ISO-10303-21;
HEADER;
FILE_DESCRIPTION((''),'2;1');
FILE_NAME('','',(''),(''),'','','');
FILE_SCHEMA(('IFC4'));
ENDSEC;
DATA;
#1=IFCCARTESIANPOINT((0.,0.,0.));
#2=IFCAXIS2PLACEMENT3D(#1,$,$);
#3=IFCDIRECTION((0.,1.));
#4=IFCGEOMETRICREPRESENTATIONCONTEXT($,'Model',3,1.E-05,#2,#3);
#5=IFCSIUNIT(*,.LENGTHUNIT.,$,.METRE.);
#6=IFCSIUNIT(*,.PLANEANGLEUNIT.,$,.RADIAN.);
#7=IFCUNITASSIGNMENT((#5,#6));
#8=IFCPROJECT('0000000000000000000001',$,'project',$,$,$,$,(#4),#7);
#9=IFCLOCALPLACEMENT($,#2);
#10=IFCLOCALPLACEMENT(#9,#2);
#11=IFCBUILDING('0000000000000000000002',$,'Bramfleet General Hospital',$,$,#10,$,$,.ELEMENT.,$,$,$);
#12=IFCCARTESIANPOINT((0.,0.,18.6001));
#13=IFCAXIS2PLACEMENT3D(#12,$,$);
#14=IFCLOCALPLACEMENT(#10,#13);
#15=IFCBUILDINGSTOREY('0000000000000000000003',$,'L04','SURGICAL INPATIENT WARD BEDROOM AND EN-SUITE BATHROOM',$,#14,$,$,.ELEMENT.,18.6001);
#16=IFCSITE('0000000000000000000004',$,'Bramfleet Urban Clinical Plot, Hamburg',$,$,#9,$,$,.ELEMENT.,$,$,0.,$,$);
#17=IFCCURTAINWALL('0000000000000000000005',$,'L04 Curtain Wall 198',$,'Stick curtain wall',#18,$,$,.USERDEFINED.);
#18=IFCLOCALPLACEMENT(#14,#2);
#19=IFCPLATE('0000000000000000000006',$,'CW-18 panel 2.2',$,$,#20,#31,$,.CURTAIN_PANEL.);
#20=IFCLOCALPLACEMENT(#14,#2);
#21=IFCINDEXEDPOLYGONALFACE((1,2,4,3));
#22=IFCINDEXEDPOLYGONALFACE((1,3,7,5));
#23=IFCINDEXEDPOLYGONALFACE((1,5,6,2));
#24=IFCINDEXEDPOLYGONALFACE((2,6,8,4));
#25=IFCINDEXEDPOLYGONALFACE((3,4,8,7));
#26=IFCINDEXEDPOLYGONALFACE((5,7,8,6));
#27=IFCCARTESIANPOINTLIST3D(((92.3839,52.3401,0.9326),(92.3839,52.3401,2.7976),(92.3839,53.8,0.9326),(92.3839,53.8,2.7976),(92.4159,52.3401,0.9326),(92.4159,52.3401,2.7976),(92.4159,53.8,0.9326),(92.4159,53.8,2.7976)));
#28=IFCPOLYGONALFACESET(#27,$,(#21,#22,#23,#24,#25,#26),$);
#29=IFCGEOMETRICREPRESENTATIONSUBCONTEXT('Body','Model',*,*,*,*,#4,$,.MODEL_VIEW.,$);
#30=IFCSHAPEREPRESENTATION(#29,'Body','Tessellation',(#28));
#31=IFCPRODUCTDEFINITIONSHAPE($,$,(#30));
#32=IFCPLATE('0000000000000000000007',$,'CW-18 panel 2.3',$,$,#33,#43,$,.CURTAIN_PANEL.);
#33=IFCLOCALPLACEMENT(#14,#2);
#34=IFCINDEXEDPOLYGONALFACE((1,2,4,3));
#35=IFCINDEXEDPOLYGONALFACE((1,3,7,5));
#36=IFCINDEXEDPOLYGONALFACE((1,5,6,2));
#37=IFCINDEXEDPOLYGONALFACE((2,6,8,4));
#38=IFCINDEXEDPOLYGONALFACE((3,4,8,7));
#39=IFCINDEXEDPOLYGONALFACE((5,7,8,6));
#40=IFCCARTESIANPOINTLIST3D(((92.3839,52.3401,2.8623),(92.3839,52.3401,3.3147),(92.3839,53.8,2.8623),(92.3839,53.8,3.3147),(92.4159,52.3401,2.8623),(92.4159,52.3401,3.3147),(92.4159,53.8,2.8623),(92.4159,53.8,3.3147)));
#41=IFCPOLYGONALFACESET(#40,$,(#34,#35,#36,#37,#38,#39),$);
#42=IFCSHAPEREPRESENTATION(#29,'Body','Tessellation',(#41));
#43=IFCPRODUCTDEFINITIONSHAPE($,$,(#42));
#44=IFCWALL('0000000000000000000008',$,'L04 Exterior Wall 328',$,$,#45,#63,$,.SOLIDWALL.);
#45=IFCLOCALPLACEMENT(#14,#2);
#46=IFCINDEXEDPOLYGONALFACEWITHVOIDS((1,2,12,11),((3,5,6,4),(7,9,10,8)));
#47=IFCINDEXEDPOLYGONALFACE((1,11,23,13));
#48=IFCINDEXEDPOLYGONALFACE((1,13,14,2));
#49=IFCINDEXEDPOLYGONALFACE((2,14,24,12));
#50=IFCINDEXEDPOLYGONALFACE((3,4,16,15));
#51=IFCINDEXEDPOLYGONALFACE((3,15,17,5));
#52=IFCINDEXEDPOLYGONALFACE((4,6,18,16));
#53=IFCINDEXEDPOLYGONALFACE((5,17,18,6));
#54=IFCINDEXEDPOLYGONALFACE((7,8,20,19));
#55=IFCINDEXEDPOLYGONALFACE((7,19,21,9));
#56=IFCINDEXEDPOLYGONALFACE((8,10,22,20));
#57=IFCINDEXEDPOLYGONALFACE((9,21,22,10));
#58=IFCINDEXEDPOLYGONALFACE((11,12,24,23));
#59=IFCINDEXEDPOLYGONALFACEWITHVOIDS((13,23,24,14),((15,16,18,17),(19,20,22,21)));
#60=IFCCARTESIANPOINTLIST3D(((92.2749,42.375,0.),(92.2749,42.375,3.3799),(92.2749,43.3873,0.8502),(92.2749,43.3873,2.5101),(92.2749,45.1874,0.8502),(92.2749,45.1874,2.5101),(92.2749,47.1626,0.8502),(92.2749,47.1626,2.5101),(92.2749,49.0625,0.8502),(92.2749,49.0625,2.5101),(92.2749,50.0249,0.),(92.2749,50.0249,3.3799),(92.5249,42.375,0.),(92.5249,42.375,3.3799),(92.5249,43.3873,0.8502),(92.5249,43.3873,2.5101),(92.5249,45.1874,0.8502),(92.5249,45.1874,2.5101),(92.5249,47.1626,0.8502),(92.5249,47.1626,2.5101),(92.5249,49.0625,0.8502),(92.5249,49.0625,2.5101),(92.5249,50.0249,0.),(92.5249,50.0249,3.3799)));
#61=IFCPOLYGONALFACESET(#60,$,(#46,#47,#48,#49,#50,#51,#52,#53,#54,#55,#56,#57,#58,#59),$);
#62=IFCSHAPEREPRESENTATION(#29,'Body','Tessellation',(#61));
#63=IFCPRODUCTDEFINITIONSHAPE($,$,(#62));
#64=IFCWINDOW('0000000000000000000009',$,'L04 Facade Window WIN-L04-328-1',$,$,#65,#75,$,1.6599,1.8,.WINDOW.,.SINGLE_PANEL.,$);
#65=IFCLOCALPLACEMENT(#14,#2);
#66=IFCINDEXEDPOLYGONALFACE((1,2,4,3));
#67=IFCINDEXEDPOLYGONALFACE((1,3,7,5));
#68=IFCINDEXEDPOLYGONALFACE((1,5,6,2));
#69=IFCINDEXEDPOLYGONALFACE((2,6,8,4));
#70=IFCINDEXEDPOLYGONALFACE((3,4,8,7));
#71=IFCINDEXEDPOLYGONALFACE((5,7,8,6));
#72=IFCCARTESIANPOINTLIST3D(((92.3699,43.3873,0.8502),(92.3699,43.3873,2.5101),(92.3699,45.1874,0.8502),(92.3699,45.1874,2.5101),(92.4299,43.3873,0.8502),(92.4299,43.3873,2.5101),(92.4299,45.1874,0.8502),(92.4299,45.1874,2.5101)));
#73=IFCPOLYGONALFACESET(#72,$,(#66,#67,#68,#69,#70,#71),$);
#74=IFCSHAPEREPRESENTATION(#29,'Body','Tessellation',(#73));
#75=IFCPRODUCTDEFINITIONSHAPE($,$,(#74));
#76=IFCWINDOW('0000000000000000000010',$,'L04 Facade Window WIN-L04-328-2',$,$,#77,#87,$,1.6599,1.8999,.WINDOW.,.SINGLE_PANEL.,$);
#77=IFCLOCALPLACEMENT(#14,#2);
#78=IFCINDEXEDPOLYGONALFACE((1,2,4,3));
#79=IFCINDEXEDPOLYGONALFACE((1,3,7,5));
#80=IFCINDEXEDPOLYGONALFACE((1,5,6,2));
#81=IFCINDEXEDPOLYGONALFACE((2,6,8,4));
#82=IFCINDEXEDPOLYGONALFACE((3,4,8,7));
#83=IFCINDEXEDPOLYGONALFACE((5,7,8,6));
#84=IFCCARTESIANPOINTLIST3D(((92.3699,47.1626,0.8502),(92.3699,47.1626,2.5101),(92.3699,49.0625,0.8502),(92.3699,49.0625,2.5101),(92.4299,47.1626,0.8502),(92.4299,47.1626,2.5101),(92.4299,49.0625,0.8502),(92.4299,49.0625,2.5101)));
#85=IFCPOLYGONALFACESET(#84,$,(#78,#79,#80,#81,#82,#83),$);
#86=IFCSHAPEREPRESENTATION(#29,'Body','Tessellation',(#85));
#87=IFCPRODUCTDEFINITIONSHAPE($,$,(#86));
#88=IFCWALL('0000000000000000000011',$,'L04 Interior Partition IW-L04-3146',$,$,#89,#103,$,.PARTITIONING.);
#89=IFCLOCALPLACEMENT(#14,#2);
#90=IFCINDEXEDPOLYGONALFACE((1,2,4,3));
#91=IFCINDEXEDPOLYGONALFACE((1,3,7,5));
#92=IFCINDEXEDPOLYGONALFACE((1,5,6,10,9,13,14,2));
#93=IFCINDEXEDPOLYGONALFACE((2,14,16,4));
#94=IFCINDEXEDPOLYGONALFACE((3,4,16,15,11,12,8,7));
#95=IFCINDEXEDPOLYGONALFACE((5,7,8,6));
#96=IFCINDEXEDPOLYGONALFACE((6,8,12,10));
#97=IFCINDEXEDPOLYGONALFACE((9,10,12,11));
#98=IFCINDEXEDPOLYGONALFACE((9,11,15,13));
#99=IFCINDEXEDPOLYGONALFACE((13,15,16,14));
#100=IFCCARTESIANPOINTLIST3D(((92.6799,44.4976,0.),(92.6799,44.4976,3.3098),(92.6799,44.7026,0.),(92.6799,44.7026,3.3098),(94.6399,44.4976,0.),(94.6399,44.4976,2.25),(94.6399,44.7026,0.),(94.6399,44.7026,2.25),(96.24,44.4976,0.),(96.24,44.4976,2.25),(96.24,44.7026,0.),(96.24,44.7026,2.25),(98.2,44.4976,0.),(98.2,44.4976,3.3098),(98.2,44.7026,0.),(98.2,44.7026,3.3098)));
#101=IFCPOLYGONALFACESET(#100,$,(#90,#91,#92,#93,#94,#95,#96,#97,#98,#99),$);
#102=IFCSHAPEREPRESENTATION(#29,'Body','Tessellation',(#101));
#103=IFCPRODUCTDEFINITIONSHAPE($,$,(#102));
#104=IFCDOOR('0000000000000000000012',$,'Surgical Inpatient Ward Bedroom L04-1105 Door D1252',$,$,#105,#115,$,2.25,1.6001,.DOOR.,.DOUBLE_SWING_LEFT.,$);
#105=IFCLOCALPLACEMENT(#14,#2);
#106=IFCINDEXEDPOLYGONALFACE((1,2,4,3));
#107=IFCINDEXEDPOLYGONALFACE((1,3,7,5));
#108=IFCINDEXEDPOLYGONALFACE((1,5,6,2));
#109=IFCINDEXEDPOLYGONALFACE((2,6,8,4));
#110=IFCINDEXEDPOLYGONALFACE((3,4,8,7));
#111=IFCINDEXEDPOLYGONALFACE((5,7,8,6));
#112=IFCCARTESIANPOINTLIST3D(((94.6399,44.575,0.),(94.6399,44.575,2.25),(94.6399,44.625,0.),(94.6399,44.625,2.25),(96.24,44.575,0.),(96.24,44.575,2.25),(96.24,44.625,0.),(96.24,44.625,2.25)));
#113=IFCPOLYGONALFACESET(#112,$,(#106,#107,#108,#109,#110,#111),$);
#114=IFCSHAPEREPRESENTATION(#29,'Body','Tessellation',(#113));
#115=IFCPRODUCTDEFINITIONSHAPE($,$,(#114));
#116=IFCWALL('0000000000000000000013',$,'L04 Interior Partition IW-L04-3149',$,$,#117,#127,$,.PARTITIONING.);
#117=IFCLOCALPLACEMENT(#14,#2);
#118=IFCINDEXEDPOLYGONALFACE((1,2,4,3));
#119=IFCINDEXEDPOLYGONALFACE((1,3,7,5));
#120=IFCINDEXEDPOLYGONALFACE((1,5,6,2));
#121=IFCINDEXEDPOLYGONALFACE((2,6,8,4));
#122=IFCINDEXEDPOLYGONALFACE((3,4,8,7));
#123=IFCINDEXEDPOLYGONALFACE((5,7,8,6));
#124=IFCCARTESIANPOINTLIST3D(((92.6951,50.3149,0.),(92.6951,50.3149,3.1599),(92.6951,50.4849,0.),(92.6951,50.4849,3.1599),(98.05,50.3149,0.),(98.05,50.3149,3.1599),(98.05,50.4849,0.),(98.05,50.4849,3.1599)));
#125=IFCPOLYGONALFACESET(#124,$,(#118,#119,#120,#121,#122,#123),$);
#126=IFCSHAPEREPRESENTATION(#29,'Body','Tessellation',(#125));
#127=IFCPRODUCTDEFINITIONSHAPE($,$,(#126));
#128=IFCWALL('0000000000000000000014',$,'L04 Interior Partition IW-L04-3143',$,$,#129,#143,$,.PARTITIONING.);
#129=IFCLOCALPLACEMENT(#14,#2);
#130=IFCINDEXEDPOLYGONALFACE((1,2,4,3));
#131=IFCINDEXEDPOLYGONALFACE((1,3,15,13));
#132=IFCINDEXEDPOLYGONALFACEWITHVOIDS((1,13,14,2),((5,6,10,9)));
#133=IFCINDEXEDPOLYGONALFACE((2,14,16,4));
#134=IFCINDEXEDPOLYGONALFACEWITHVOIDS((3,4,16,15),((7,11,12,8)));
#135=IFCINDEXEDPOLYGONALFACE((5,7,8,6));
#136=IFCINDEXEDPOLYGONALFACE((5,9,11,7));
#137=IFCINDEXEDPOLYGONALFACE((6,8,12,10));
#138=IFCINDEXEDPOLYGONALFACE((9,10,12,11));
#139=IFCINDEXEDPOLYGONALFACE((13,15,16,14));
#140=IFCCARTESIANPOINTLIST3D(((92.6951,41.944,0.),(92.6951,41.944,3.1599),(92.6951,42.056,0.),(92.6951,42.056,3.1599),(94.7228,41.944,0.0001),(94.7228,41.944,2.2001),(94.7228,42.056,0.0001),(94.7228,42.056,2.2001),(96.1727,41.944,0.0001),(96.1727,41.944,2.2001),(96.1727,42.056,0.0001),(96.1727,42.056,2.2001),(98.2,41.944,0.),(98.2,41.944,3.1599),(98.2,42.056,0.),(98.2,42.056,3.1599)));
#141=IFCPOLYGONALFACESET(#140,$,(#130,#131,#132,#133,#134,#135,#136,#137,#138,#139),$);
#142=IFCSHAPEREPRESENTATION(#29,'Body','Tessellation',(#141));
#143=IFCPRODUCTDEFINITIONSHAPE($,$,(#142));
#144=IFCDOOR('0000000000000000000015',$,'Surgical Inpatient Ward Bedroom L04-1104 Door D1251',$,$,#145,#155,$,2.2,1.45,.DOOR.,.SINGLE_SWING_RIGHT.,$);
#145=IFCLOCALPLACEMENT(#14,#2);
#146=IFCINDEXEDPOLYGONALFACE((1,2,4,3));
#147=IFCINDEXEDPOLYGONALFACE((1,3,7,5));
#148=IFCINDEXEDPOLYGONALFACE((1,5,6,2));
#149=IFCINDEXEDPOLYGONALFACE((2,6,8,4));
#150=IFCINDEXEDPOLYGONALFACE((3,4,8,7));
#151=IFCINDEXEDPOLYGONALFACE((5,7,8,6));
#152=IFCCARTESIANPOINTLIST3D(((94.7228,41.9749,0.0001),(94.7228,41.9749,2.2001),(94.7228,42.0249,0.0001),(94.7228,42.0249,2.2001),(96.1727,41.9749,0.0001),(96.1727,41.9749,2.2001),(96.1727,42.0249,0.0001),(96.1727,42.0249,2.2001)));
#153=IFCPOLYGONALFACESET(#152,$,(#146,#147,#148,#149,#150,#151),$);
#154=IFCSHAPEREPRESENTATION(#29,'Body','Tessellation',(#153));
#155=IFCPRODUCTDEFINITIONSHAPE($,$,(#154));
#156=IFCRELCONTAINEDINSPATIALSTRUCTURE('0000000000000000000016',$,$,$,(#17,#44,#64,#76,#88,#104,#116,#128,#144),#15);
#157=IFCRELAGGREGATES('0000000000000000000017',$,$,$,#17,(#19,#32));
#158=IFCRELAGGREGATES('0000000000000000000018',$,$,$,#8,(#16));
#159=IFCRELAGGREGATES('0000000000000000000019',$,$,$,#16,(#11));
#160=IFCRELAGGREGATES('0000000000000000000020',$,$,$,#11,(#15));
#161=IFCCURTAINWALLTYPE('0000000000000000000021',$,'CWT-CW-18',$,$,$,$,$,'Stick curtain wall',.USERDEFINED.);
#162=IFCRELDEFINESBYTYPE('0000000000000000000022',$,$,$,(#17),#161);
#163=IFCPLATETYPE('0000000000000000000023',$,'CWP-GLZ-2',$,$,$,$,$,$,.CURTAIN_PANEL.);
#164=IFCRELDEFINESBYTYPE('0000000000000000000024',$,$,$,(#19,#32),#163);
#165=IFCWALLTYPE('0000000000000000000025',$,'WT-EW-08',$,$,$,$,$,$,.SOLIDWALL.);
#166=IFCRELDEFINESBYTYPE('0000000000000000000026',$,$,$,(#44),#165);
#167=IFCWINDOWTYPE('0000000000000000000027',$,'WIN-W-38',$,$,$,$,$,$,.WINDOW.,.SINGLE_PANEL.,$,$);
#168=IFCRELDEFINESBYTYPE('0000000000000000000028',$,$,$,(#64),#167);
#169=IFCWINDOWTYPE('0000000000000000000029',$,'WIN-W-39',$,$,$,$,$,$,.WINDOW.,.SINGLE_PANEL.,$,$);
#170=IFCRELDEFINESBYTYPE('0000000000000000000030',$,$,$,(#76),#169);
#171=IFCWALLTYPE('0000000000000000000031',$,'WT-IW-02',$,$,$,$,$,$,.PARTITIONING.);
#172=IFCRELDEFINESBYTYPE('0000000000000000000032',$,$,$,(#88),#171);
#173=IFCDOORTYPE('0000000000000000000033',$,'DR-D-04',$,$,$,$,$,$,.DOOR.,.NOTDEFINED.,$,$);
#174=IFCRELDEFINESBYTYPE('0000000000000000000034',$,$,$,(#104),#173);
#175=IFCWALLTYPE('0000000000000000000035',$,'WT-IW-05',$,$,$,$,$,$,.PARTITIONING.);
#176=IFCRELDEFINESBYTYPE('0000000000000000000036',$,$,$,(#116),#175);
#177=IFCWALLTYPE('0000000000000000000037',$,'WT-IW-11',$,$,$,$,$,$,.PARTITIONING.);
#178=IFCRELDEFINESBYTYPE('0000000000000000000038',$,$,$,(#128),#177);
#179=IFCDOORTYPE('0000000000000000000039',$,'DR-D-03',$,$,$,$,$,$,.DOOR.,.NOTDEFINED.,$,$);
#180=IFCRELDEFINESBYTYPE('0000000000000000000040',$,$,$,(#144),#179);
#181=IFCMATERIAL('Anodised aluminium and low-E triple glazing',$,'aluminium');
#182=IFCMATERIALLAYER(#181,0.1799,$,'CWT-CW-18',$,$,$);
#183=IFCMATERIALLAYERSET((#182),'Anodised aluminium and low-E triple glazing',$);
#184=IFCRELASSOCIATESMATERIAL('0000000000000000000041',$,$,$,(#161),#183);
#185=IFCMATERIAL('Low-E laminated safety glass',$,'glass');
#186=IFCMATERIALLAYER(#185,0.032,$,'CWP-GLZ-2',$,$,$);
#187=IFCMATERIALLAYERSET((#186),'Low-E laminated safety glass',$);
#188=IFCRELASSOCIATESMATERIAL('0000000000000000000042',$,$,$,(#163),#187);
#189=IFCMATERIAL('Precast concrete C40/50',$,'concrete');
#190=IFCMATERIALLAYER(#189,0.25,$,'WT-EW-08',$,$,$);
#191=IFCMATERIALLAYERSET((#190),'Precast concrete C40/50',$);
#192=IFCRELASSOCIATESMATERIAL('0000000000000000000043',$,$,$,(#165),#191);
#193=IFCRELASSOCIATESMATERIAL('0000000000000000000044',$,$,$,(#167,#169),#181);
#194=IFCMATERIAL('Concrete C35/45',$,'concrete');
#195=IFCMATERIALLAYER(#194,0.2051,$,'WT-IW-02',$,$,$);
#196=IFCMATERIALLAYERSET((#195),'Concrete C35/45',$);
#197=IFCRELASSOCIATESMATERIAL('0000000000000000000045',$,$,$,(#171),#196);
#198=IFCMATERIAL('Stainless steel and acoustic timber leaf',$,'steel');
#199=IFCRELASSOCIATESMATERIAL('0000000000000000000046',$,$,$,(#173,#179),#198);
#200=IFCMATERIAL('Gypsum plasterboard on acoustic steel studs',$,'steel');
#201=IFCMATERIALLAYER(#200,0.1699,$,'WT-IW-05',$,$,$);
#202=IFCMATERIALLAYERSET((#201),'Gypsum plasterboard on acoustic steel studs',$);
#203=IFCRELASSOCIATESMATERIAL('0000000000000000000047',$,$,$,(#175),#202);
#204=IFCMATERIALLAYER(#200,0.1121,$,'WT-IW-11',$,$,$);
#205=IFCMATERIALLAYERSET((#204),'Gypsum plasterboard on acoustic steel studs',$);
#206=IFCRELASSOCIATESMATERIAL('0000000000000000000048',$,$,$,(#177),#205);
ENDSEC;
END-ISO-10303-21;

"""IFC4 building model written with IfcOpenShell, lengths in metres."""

from ifc_helpers import new_model, si_unit, direction, frame, frame_2d, origin, origin_2d, place, context, subcontext, project, spatial, rectangle, extrude, material, layer, layer_set, type_object, element, fill, aggregate, save


model = new_model("IFC4")

# Units and contexts
model_context = context("Model", 3, precision=1e-05, world=origin(), true_north=direction((0.0, 1.0)))
body_context = subcontext(model_context, "Body", "Model", "MODEL_VIEW")
ifc_project = project(units=[si_unit("LENGTHUNIT", "METRE"), si_unit("PLANEANGLEUNIT", "RADIAN")], contexts=[model_context])

# Site, building, storey
site_placement = place(None, origin())
site = spatial("IfcSite", under=ifc_project, at=site_placement, Name="Bramfleet Urban Clinical Plot, Hamburg", CompositionType="ELEMENT", RefElevation=0.0)
building_placement = place(site_placement, origin())
building = spatial("IfcBuilding", under=site, at=building_placement, Name="Bramfleet General Hospital", CompositionType="ELEMENT")
storey_placement = place(building_placement, frame((0.0, 0.0, 18.6001)))
storey = spatial("IfcBuildingStorey", under=building, at=storey_placement, Name="L04", Description="SURGICAL INPATIENT WARD BEDROOM AND EN-SUITE BATHROOM", CompositionType="ELEMENT", Elevation=18.6001)

# Curtain wall, plates
ifc_material_1 = material(Name="Anodised aluminium and low-E triple glazing", Category="aluminium")
ifc_layer_1 = layer(ifc_material_1, 0.1799, Name="CWT-CW-18")
ifc_layer_set_1 = layer_set([ifc_layer_1], Name="Anodised aluminium and low-E triple glazing")
curtain_wall_type = type_object("IfcCurtainWallType", Name="CWT-CW-18", ElementType="Stick curtain wall", PredefinedType="USERDEFINED", material=ifc_layer_set_1)
curtain_wall_placement = place(storey_placement, origin())
curtain_wall = element("IfcCurtainWall", 1, at=curtain_wall_placement, inside=storey, type_object=curtain_wall_type, Name="L04 Curtain Wall 198", ObjectType="Stick curtain wall", PredefinedType="USERDEFINED")
ifc_material_2 = material(Name="Low-E laminated safety glass", Category="glass")
ifc_layer_2 = layer(ifc_material_2, 0.032, Name="CWP-GLZ-2")
ifc_layer_set_2 = layer_set([ifc_layer_2], Name="Low-E laminated safety glass")
plate_type = type_object("IfcPlateType", Name="CWP-GLZ-2", PredefinedType="CURTAIN_PANEL", material=ifc_layer_set_2)
plate_1_placement = place(storey_placement, frame((92.3999, 53.0701, 0.9326), z_axis=(0.0, 0.0, 1.0), x_axis=(0.0, 1.0, 0.0)))
plate_1 = element("IfcPlate", 2, at=plate_1_placement, type_object=plate_type, Name="CW-18 panel 2.2", PredefinedType="CURTAIN_PANEL", context=body_context, shape_type="SweptSolid", body=[
    extrude(rectangle(XDim=1.46, YDim=0.032, at=origin_2d()), origin(), (0.0, 0.0, 1.0), 1.865),
])
plate_2_placement = place(storey_placement, frame((92.3999, 53.0701, 2.8623), z_axis=(0.0, 0.0, 1.0), x_axis=(0.0, 1.0, 0.0)))
plate_2 = element("IfcPlate", 3, at=plate_2_placement, type_object=plate_type, Name="CW-18 panel 2.3", PredefinedType="CURTAIN_PANEL", context=body_context, shape_type="SweptSolid", body=[
    extrude(rectangle(XDim=1.46, YDim=0.032, at=origin_2d()), origin(), (0.0, 0.0, 1.0), 0.4524),
])
aggregate(curtain_wall, [plate_1, plate_2])

# Wall, openings, windows
ifc_material_3 = material(Name="Precast concrete C40/50", Category="concrete")
ifc_layer_3 = layer(ifc_material_3, 0.25, Name="WT-EW-08")
ifc_layer_set_3 = layer_set([ifc_layer_3], Name="Precast concrete C40/50")
wall_type_1 = type_object("IfcWallType", Name="WT-EW-08", PredefinedType="SOLIDWALL", material=ifc_layer_set_3)
wall_1_placement = place(storey_placement, frame((92.3999, 42.375, 0.0), z_axis=(0.0, 0.0, 1.0), x_axis=(0.0, 1.0, 0.0)))
wall_1 = element("IfcWall", 4, at=wall_1_placement, inside=storey, type_object=wall_type_1, Name="L04 Exterior Wall 328", PredefinedType="SOLIDWALL", context=body_context, shape_type="SweptSolid", body=[
    extrude(rectangle(XDim=7.6499, YDim=0.25, at=frame_2d((3.825, 0.0))), origin(), (0.0, 0.0, 1.0), 3.3799),
])
opening_1_placement = place(wall_1_placement, frame((1.0125, 0.0, 0.8501)))
opening_1 = element("IfcOpeningElement", 5, at=opening_1_placement, cuts=wall_1, PredefinedType="OPENING", context=body_context, shape_type="SweptSolid", body=[
    extrude(rectangle(XDim=1.8, YDim=1.6599, at=frame_2d((0.8999, 0.8301))), frame((0.0, 0.135, 0.0), z_axis=(0.0, -1.0, 0.0), x_axis=(1.0, 0.0, 0.0)), (0.0, 0.0, 1.0), 0.27),
])
opening_2_placement = place(wall_1_placement, frame((4.7876, 0.0, 0.8501)))
opening_2 = element("IfcOpeningElement", 6, at=opening_2_placement, cuts=wall_1, PredefinedType="OPENING", context=body_context, shape_type="SweptSolid", body=[
    extrude(rectangle(XDim=1.8999, YDim=1.6599, at=frame_2d((0.95, 0.8301))), frame((0.0, 0.135, 0.0), z_axis=(0.0, -1.0, 0.0), x_axis=(1.0, 0.0, 0.0)), (0.0, 0.0, 1.0), 0.27),
])
window_type_1 = type_object("IfcWindowType", Name="WIN-W-38", PartitioningType="SINGLE_PANEL", PredefinedType="WINDOW", material=ifc_material_1)
window_1_placement = place(opening_1_placement, origin())
window_1 = element("IfcWindow", 7, at=window_1_placement, inside=storey, type_object=window_type_1, Name="L04 Facade Window WIN-L04-328-1", OverallHeight=1.6599, OverallWidth=1.8, PartitioningType="SINGLE_PANEL", PredefinedType="WINDOW", context=body_context, shape_type="SweptSolid", body=[
    extrude(rectangle(XDim=1.8, YDim=1.6599, at=frame_2d((0.8999, 0.8301))), frame((0.0, 0.03, 0.0), z_axis=(0.0, -1.0, 0.0), x_axis=(1.0, 0.0, 0.0)), (0.0, 0.0, 1.0), 0.0601),
])
fill(opening_1, window_1)
window_type_2 = type_object("IfcWindowType", Name="WIN-W-39", PartitioningType="SINGLE_PANEL", PredefinedType="WINDOW", material=ifc_material_1)
window_2_placement = place(opening_2_placement, origin())
window_2 = element("IfcWindow", 8, at=window_2_placement, inside=storey, type_object=window_type_2, Name="L04 Facade Window WIN-L04-328-2", OverallHeight=1.6599, OverallWidth=1.8999, PartitioningType="SINGLE_PANEL", PredefinedType="WINDOW", context=body_context, shape_type="SweptSolid", body=[
    extrude(rectangle(XDim=1.8999, YDim=1.6599, at=frame_2d((0.95, 0.8301))), frame((0.0, 0.03, 0.0), z_axis=(0.0, -1.0, 0.0), x_axis=(1.0, 0.0, 0.0)), (0.0, 0.0, 1.0), 0.0601),
])
fill(opening_2, window_2)

# Wall, opening, door
ifc_material_4 = material(Name="Concrete C35/45", Category="concrete")
ifc_layer_4 = layer(ifc_material_4, 0.2051, Name="WT-IW-02")
ifc_layer_set_4 = layer_set([ifc_layer_4], Name="Concrete C35/45")
wall_type_2 = type_object("IfcWallType", Name="WT-IW-02", PredefinedType="PARTITIONING", material=ifc_layer_set_4)
wall_2_placement = place(storey_placement, frame((92.6799, 44.6001, 0.0), z_axis=(0.0, 0.0, 1.0), x_axis=(1.0, 0.0, 0.0)))
wall_2 = element("IfcWall", 9, at=wall_2_placement, inside=storey, type_object=wall_type_2, Name="L04 Interior Partition IW-L04-3146", PredefinedType="PARTITIONING", context=body_context, shape_type="SweptSolid", body=[
    extrude(rectangle(XDim=5.52, YDim=0.2051, at=frame_2d((2.76, 0.0))), origin(), (0.0, 0.0, 1.0), 3.3098),
])
opening_3_placement = place(wall_2_placement, frame((1.96, 0.0, 0.0)))
opening_3 = element("IfcOpeningElement", 10, at=opening_3_placement, cuts=wall_2, PredefinedType="OPENING", context=body_context, shape_type="SweptSolid", body=[
    extrude(rectangle(XDim=1.6001, YDim=2.25, at=frame_2d((0.8, 1.125))), frame((0.0, 0.1125, 0.0), z_axis=(0.0, -1.0, 0.0), x_axis=(1.0, 0.0, 0.0)), (0.0, 0.0, 1.0), 0.2251),
])
ifc_material_5 = material(Name="Stainless steel and acoustic timber leaf", Category="steel")
door_type_1 = type_object("IfcDoorType", Name="DR-D-04", OperationType="NOTDEFINED", PredefinedType="DOOR", material=ifc_material_5)
door_1_placement = place(opening_3_placement, origin())
door_1 = element("IfcDoor", 11, at=door_1_placement, inside=storey, type_object=door_type_1, Name="Surgical Inpatient Ward Bedroom L04-1105 Door D1252", OperationType="DOUBLE_SWING_LEFT", OverallHeight=2.25, OverallWidth=1.6001, PredefinedType="DOOR", context=body_context, shape_type="SweptSolid", body=[
    extrude(rectangle(XDim=1.6001, YDim=2.25, at=frame_2d((0.8, 1.125))), frame((0.0, 0.0249, 0.0), z_axis=(0.0, -1.0, 0.0), x_axis=(1.0, 0.0, 0.0)), (0.0, 0.0, 1.0), 0.05),
])
fill(opening_3, door_1)

# Wall
ifc_material_6 = material(Name="Gypsum plasterboard on acoustic steel studs", Category="steel")
ifc_layer_5 = layer(ifc_material_6, 0.1699, Name="WT-IW-05")
ifc_layer_set_5 = layer_set([ifc_layer_5], Name="Gypsum plasterboard on acoustic steel studs")
wall_type_3 = type_object("IfcWallType", Name="WT-IW-05", PredefinedType="PARTITIONING", material=ifc_layer_set_5)
wall_3_placement = place(storey_placement, frame((92.6951, 50.3999, 0.0), z_axis=(0.0, 0.0, 1.0), x_axis=(1.0, 0.0, 0.0)))
element("IfcWall", 12, at=wall_3_placement, inside=storey, type_object=wall_type_3, Name="L04 Interior Partition IW-L04-3149", PredefinedType="PARTITIONING", context=body_context, shape_type="SweptSolid", body=[
    extrude(rectangle(XDim=5.355, YDim=0.1699, at=frame_2d((2.6775, 0.0))), origin(), (0.0, 0.0, 1.0), 3.1599),
])

# Wall, opening, door
ifc_layer_6 = layer(ifc_material_6, 0.1121, Name="WT-IW-11")
ifc_layer_set_6 = layer_set([ifc_layer_6], Name="Gypsum plasterboard on acoustic steel studs")
wall_type_4 = type_object("IfcWallType", Name="WT-IW-11", PredefinedType="PARTITIONING", material=ifc_layer_set_6)
wall_4_placement = place(storey_placement, frame((92.6951, 42.0, 0.0), z_axis=(0.0, 0.0, 1.0), x_axis=(1.0, 0.0, 0.0)))
wall_4 = element("IfcWall", 13, at=wall_4_placement, inside=storey, type_object=wall_type_4, Name="L04 Interior Partition IW-L04-3143", PredefinedType="PARTITIONING", context=body_context, shape_type="SweptSolid", body=[
    extrude(rectangle(XDim=5.5049, YDim=0.1121, at=frame_2d((2.7524, 0.0))), origin(), (0.0, 0.0, 1.0), 3.1599),
])
opening_4_placement = place(wall_4_placement, frame((2.0276, 0.0, 0.0)))
opening_4 = element("IfcOpeningElement", 14, at=opening_4_placement, cuts=wall_4, PredefinedType="OPENING", context=body_context, shape_type="SweptSolid", body=[
    extrude(rectangle(XDim=1.45, YDim=2.2, at=frame_2d((0.7251, 1.1001))), frame((0.0, 0.0659, 0.0), z_axis=(0.0, -1.0, 0.0), x_axis=(1.0, 0.0, 0.0)), (0.0, 0.0, 1.0), 0.1321),
])
door_type_2 = type_object("IfcDoorType", Name="DR-D-03", OperationType="NOTDEFINED", PredefinedType="DOOR", material=ifc_material_5)
door_2_placement = place(opening_4_placement, origin())
door_2 = element("IfcDoor", 15, at=door_2_placement, inside=storey, type_object=door_type_2, Name="Surgical Inpatient Ward Bedroom L04-1104 Door D1251", OperationType="SINGLE_SWING_RIGHT", OverallHeight=2.2, OverallWidth=1.45, PredefinedType="DOOR", context=body_context, shape_type="SweptSolid", body=[
    extrude(rectangle(XDim=1.45, YDim=2.2, at=frame_2d((0.7251, 1.1001))), frame((0.0, 0.0249, 0.0), z_axis=(0.0, -1.0, 0.0), x_axis=(1.0, 0.0, 0.0)), (0.0, 0.0, 1.0), 0.05),
])
fill(opening_4, door_2)

save(model, "model.ifc")
